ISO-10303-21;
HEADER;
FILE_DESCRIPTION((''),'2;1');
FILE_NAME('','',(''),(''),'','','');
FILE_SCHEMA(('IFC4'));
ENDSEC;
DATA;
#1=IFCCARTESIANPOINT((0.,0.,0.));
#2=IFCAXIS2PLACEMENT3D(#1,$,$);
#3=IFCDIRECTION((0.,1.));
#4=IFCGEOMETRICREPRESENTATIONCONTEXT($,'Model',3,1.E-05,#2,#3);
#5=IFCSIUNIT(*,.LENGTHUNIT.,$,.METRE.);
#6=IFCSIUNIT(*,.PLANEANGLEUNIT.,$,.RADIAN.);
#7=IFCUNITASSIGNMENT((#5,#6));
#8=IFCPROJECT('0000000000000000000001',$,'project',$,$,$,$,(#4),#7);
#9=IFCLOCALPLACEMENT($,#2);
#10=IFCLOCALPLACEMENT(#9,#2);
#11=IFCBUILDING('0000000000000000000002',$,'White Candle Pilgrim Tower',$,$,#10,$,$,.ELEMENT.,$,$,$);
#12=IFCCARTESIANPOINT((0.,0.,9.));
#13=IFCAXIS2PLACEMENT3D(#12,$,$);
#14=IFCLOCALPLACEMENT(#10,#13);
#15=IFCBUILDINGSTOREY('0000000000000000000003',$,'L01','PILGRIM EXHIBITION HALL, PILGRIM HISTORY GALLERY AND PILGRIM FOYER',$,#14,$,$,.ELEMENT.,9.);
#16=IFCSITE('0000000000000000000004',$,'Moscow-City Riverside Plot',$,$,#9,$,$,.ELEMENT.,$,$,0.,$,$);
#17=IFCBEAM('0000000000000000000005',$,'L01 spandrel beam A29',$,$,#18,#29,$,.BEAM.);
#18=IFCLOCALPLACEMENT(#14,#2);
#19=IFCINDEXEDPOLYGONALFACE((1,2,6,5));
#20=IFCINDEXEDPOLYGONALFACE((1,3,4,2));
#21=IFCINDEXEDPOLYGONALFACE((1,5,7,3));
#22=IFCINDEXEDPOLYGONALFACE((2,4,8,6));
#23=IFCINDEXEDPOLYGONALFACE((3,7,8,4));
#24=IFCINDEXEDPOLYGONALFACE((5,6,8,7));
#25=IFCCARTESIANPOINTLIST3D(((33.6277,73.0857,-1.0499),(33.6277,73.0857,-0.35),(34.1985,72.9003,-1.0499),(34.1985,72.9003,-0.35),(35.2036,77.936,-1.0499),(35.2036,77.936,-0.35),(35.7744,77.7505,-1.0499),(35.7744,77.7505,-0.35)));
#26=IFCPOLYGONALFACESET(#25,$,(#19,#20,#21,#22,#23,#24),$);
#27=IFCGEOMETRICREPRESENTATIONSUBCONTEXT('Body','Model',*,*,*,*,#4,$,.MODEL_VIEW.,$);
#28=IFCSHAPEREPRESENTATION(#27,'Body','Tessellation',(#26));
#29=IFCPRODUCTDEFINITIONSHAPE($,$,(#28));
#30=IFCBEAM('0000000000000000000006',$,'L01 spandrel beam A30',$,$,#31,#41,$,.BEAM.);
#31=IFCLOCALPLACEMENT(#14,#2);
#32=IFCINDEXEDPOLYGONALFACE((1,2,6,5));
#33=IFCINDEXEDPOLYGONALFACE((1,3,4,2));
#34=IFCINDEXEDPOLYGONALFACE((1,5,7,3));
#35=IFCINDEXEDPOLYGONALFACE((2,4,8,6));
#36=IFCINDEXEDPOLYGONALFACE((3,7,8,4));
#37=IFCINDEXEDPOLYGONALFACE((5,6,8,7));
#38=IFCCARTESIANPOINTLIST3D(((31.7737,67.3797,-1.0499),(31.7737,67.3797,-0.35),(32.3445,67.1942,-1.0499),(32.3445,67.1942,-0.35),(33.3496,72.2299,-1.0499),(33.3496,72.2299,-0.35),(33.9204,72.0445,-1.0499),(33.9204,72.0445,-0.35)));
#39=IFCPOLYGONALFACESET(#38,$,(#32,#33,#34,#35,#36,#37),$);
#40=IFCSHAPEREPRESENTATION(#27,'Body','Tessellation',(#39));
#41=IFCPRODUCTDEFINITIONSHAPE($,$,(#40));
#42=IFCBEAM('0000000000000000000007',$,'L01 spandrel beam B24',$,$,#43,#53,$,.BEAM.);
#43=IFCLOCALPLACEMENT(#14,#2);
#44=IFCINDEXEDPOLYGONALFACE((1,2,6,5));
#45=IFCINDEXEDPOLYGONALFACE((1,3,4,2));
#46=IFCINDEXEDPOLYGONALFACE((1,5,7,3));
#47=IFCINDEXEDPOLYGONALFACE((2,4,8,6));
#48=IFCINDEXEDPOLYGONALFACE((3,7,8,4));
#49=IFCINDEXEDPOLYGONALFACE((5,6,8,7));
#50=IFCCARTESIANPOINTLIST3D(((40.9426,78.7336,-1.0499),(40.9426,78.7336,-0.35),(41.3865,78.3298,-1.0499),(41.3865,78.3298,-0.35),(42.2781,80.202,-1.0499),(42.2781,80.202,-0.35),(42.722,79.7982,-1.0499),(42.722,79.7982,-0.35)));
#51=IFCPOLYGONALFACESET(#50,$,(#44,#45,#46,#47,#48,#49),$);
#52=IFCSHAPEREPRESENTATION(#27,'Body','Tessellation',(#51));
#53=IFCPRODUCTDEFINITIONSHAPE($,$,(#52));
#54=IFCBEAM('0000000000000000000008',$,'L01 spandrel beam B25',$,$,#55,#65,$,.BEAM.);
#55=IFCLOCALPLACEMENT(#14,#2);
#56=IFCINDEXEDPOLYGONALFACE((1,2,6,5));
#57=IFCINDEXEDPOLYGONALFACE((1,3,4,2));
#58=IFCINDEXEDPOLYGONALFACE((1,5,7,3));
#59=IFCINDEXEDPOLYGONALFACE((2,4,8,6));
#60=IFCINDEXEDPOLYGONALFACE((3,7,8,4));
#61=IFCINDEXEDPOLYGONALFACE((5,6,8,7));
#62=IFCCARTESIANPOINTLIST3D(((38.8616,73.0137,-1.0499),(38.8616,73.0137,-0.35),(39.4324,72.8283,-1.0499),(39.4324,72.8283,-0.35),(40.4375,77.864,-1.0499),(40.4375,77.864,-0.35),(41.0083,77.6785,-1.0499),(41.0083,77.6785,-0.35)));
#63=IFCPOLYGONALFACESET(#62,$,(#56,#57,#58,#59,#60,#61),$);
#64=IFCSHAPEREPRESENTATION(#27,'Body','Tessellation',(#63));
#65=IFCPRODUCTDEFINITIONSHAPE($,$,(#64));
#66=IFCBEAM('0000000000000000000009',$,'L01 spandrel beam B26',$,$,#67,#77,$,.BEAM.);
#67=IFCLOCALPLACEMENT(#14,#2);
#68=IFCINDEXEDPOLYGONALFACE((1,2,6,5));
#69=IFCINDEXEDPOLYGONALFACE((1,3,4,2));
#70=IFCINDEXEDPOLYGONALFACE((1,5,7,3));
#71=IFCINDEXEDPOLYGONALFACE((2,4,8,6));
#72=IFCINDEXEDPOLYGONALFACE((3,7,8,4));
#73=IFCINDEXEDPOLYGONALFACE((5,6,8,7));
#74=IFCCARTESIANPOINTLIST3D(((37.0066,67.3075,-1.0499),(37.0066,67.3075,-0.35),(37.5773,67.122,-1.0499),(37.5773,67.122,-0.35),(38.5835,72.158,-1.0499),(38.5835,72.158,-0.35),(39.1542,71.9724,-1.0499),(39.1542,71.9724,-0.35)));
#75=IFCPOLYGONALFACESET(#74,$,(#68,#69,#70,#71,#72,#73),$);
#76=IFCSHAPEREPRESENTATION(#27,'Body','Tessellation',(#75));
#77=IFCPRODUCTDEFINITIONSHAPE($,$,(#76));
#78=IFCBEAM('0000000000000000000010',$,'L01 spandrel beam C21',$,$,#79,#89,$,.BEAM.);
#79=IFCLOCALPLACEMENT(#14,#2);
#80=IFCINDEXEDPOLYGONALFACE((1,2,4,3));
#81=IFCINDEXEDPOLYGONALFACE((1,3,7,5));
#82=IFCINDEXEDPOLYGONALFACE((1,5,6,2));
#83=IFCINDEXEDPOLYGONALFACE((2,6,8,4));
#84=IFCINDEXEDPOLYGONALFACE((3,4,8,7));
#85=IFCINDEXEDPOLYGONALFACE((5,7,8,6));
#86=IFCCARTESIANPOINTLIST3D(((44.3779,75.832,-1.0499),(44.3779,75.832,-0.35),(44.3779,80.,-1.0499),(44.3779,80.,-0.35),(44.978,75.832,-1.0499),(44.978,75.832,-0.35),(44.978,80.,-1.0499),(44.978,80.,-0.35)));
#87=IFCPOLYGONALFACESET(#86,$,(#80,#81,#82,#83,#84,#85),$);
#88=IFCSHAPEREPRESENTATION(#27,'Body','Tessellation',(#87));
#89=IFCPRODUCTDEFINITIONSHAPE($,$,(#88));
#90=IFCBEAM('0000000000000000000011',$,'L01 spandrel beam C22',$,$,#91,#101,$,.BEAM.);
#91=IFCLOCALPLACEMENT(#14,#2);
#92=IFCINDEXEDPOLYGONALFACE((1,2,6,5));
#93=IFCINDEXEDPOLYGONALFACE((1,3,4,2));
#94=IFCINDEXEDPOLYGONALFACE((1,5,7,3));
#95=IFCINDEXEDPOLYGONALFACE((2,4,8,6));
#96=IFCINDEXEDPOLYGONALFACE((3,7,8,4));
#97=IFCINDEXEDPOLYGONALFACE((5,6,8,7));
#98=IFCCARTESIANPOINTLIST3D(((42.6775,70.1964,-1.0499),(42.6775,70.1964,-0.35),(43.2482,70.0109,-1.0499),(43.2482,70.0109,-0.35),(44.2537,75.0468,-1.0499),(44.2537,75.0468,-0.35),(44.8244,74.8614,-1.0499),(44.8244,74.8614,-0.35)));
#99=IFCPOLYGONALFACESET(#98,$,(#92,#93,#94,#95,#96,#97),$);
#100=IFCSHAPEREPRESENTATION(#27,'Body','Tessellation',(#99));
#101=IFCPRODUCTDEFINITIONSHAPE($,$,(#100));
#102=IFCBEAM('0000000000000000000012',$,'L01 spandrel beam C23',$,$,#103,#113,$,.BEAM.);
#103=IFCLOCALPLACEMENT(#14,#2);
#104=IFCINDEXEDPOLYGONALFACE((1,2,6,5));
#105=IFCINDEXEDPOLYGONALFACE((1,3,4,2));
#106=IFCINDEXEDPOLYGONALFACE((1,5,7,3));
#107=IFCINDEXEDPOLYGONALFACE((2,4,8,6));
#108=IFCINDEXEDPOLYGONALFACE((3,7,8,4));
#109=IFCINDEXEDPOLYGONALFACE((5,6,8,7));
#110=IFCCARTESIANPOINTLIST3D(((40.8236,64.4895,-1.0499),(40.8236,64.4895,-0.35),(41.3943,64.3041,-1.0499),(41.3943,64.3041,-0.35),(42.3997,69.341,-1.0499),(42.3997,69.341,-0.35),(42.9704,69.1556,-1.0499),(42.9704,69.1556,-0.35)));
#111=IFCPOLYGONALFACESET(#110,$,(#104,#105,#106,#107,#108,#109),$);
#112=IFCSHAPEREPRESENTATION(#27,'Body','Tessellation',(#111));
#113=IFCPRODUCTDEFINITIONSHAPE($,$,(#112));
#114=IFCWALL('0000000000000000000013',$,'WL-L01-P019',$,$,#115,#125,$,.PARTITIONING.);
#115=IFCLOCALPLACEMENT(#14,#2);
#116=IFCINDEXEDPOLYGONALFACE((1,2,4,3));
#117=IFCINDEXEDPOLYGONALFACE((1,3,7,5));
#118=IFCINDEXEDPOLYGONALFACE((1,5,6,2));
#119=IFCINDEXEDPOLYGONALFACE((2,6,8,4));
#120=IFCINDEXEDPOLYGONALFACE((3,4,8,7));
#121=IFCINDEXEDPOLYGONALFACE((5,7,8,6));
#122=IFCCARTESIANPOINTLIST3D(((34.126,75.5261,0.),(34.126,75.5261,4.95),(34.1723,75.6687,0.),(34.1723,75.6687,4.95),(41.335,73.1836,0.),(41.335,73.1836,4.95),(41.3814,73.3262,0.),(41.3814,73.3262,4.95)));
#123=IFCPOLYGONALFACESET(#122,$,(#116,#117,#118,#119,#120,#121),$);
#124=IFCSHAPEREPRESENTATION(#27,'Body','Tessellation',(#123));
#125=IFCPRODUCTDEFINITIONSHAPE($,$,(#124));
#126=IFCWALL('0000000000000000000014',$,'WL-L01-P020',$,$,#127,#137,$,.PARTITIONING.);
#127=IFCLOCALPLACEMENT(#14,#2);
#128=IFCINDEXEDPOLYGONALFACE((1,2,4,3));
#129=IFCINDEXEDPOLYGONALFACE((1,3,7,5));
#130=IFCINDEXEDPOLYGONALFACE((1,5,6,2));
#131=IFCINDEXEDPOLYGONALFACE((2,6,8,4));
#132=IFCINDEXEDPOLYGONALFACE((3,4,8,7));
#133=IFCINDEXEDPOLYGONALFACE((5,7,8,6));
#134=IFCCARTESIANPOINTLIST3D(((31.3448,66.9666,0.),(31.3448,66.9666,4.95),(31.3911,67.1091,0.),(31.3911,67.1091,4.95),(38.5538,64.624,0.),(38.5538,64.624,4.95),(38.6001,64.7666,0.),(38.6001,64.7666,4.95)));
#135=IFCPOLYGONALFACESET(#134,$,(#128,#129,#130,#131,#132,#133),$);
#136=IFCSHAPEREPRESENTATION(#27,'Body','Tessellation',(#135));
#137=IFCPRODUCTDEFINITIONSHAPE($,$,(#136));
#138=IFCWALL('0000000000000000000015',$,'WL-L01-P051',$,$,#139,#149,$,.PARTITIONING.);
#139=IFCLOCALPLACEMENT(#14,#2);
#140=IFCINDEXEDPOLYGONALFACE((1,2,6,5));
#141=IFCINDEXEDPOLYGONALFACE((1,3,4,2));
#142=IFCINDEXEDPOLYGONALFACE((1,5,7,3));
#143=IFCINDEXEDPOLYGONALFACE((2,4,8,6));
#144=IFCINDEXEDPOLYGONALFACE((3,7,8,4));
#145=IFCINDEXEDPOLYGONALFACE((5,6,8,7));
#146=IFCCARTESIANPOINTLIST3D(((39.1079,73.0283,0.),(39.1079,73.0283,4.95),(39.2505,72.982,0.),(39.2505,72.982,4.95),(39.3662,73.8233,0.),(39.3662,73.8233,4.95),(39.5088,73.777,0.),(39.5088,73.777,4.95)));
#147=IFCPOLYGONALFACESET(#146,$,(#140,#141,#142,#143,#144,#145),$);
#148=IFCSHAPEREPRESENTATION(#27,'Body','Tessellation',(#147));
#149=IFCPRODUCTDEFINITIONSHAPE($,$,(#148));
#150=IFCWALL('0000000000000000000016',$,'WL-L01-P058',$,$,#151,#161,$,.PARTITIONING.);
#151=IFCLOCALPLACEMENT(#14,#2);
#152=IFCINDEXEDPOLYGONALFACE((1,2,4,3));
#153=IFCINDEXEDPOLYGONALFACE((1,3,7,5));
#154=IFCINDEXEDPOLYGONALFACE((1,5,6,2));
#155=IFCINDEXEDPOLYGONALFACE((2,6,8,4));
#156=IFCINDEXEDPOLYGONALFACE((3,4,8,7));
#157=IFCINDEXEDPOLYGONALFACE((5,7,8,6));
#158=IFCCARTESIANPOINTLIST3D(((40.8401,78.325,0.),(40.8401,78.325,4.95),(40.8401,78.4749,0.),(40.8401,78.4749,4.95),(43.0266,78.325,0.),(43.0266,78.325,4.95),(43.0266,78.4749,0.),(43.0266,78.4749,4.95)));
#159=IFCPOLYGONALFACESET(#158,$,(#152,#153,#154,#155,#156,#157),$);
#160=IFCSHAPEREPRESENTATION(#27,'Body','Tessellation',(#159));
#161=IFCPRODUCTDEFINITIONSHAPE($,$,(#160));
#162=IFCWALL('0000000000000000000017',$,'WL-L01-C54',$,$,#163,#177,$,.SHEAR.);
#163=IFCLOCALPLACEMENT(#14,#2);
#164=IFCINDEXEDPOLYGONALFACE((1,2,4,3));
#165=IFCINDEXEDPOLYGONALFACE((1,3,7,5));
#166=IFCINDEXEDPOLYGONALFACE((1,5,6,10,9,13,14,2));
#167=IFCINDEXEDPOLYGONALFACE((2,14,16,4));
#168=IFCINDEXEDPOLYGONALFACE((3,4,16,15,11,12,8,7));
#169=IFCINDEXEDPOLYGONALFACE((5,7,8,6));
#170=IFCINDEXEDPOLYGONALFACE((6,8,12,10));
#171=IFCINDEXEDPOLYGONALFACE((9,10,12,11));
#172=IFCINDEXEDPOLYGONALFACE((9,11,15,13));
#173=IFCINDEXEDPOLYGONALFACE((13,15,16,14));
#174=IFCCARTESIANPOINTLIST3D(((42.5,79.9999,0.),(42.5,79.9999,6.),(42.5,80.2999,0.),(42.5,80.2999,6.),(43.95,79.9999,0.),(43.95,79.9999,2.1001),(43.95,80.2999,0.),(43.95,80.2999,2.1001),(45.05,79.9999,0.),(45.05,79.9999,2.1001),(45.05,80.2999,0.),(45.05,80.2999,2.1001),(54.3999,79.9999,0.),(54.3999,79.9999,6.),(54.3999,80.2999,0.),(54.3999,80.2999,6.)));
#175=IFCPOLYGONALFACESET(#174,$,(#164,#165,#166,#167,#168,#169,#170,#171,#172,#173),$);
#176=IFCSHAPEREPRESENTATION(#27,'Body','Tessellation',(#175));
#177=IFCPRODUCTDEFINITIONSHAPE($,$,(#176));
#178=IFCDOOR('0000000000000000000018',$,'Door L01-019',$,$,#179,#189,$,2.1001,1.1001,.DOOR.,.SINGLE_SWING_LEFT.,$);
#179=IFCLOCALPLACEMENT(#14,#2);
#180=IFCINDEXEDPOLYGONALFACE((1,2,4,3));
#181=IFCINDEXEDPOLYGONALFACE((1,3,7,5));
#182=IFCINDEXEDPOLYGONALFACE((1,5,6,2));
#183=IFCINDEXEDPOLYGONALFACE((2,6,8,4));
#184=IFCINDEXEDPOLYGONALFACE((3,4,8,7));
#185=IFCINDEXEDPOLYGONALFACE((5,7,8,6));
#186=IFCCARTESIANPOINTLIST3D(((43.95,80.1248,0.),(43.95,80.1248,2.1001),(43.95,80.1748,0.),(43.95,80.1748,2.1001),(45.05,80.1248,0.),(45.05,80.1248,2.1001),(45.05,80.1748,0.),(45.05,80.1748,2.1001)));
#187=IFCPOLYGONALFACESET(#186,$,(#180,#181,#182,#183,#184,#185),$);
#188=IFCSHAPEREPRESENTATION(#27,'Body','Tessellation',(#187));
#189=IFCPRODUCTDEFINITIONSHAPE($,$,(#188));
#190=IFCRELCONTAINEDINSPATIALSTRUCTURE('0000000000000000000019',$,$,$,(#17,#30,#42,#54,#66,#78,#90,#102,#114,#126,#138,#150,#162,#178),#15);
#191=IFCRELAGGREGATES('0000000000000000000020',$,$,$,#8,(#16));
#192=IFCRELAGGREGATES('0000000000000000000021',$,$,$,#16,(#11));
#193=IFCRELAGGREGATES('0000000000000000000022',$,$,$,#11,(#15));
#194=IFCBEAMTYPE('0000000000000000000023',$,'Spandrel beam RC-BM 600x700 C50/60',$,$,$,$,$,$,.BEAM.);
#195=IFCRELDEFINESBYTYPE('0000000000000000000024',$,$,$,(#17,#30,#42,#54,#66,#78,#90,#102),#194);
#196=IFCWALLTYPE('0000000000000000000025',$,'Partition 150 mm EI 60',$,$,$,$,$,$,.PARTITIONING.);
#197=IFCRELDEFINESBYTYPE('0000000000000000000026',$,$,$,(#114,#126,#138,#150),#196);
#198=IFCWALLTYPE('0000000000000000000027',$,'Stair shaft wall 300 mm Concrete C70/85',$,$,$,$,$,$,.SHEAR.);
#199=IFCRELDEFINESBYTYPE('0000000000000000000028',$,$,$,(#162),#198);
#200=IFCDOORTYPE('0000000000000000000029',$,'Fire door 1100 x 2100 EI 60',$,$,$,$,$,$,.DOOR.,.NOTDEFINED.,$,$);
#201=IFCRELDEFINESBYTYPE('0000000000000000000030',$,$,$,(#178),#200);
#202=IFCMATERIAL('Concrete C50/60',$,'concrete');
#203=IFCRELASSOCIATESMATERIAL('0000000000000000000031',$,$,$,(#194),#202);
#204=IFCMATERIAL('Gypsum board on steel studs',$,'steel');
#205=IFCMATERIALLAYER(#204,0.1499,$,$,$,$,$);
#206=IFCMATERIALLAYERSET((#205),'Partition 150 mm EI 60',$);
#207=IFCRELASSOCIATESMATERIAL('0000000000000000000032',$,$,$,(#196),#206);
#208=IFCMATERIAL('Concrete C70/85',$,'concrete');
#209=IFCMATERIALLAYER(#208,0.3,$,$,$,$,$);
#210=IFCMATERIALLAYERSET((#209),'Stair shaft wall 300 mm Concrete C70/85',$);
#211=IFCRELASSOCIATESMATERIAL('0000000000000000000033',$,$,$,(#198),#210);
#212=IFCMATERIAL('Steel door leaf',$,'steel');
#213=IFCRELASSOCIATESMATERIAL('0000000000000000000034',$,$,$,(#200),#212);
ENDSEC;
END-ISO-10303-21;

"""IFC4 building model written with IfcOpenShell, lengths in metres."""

from ifc_helpers import new_model, si_unit, direction, frame, frame_2d, origin, origin_2d, place, context, subcontext, project, spatial, rectangle, extrude, material, layer, layer_set, material_profile, profile_set, type_object, element, fill, save


model = new_model("IFC4")

# Units and contexts
model_context = context("Model", 3, precision=1e-05, world=origin(), true_north=direction((0.0, 1.0)))
body_context = subcontext(model_context, "Body", "Model", "MODEL_VIEW")
ifc_project = project(units=[si_unit("LENGTHUNIT", "METRE"), si_unit("PLANEANGLEUNIT", "RADIAN")], contexts=[model_context])

# Site, building, storey
site_placement = place(None, origin())
site = spatial("IfcSite", under=ifc_project, at=site_placement, Name="Moscow-City Riverside Plot", CompositionType="ELEMENT", RefElevation=0.0)
building_placement = place(site_placement, origin())
building = spatial("IfcBuilding", under=site, at=building_placement, Name="White Candle Pilgrim Tower", CompositionType="ELEMENT")
storey_placement = place(building_placement, frame((0.0, 0.0, 9.0)))
storey = spatial("IfcBuildingStorey", under=building, at=storey_placement, Name="L01", Description="PILGRIM EXHIBITION HALL, PILGRIM HISTORY GALLERY AND PILGRIM FOYER", CompositionType="ELEMENT", Elevation=9.0)

# Beams
ifc_material_1 = material(Name="Concrete C50/60", Category="concrete")
ifc_material_profile_1 = material_profile(ifc_material_1, rectangle(XDim=0.6001, YDim=0.7, at=origin_2d()), Name="RC-BM 600x700")
ifc_profile_set_1 = profile_set([ifc_material_profile_1], Name="Concrete C50/60")
beam_type = type_object("IfcBeamType", Name="Spandrel beam RC-BM 600x700 C50/60", PredefinedType="BEAM", material=ifc_profile_set_1)
for number, where, z_axis, x_axis, name in (
    (1, (35.489, 77.8433, -0.7), (-0.309009, -0.951059, 0.0), (0.951059, -0.309009, 0.0), "L01 spandrel beam A29"),
    (2, (33.635, 72.1372, -0.7), (-0.309009, -0.951059, 0.0), (0.951059, -0.309009, 0.0), "L01 spandrel beam A30"),
):
    element("IfcBeam", number, at=place(storey_placement, frame(where, z_axis=z_axis, x_axis=x_axis)), inside=storey, type_object=beam_type, Name=name, PredefinedType="BEAM", context=body_context, shape_type="SweptSolid", body=[
        extrude(rectangle(XDim=0.6001, YDim=0.7, at=origin_2d()), origin(), (0.0, 0.0, 1.0), 5.0999),
    ])
beam_1_placement = place(storey_placement, frame((41.1646, 78.5317, -0.7), z_axis=(0.672856, 0.739773, 0.0), x_axis=(-0.739773, 0.672856, 0.0)))
element("IfcBeam", 3, at=beam_1_placement, inside=storey, type_object=beam_type, Name="L01 spandrel beam B24", PredefinedType="BEAM", context=body_context, shape_type="SweptSolid", body=[
    extrude(rectangle(XDim=0.6001, YDim=0.7, at=origin_2d()), origin(), (0.0, 0.0, 1.0), 1.9849),
])
beam_2_placement = place(storey_placement, frame((40.7229, 77.7712, -0.7), z_axis=(-0.309009, -0.951059, 0.0), x_axis=(0.951059, -0.309009, 0.0)))
element("IfcBeam", 4, at=beam_2_placement, inside=storey, type_object=beam_type, Name="L01 spandrel beam B25", PredefinedType="BEAM", context=body_context, shape_type="SweptSolid", body=[
    extrude(rectangle(XDim=0.6001, YDim=0.7, at=origin_2d()), origin(), (0.0, 0.0, 1.0), 5.0999),
])
beam_3_placement = place(storey_placement, frame((38.8689, 72.0652, -0.7), z_axis=(-0.309182, -0.951003, 0.0), x_axis=(0.951003, -0.309182, 0.0)))
element("IfcBeam", 5, at=beam_3_placement, inside=storey, type_object=beam_type, Name="L01 spandrel beam B26", PredefinedType="BEAM", context=body_context, shape_type="SweptSolid", body=[
    extrude(rectangle(XDim=0.6001, YDim=0.7, at=origin_2d()), origin(), (0.0, 0.0, 1.0), 5.1003),
])
beam_4_placement = place(storey_placement, frame((44.678, 75.832, -0.7), z_axis=(0.0, 1.0, 0.0), x_axis=(-1.0, 0.0, 0.0)))
element("IfcBeam", 6, at=beam_4_placement, inside=storey, type_object=beam_type, Name="L01 spandrel beam C21", PredefinedType="BEAM", context=body_context, shape_type="SweptSolid", body=[
    extrude(rectangle(XDim=0.6001, YDim=0.7, at=origin_2d()), origin(), (0.0, 0.0, 1.0), 4.168),
])
beam_5_placement = place(storey_placement, frame((44.5391, 74.9541, -0.7), z_axis=(-0.309053, -0.951045, 0.0), x_axis=(0.951045, -0.309053, 0.0)))
element("IfcBeam", 7, at=beam_5_placement, inside=storey, type_object=beam_type, Name="L01 spandrel beam C22", PredefinedType="BEAM", context=body_context, shape_type="SweptSolid", body=[
    extrude(rectangle(XDim=0.6001, YDim=0.7, at=origin_2d()), origin(), (0.0, 0.0, 1.0), 5.1001),
])
beam_6_placement = place(storey_placement, frame((42.6851, 69.2483, -0.7), z_axis=(-0.308982, -0.951068, 0.0), x_axis=(0.951068, -0.308982, 0.0)))
element("IfcBeam", 8, at=beam_6_placement, inside=storey, type_object=beam_type, Name="L01 spandrel beam C23", PredefinedType="BEAM", context=body_context, shape_type="SweptSolid", body=[
    extrude(rectangle(XDim=0.6001, YDim=0.7, at=origin_2d()), origin(), (0.0, 0.0, 1.0), 5.1011),
])

# Walls
ifc_material_2 = material(Name="Gypsum board on steel studs", Category="steel")
ifc_layer_1 = layer(ifc_material_2, 0.1499)
ifc_layer_set_1 = layer_set([ifc_layer_1], Name="Partition 150 mm EI 60")
wall_type_1 = type_object("IfcWallType", Name="Partition 150 mm EI 60", PredefinedType="PARTITIONING", material=ifc_layer_set_1)
for number, where, z_axis, x_axis, name in (
    (9, (34.1492, 75.5974, 0.0), (0.0, 0.0, 1.0), (0.951049, -0.309039, 0.0), "WL-L01-P019"),
    (10, (31.3679, 67.0378, 0.0), (0.0, 0.0, 1.0), (0.951049, -0.309039, 0.0), "WL-L01-P020"),
):
    element("IfcWall", number, at=place(storey_placement, frame(where, z_axis=z_axis, x_axis=x_axis)), inside=storey, type_object=wall_type_1, Name=name, PredefinedType="PARTITIONING", context=body_context, shape_type="SweptSolid", body=[
        extrude(rectangle(XDim=7.5801, YDim=0.1499, at=frame_2d((3.79, 0.0))), origin(), (0.0, 0.0, 1.0), 4.95),
    ])
wall_1_placement = place(storey_placement, frame((39.1792, 73.0051, 0.0), z_axis=(0.0, 0.0, 1.0), x_axis=(0.309033, 0.951051, 0.0)))
element("IfcWall", 11, at=wall_1_placement, inside=storey, type_object=wall_type_1, Name="WL-L01-P051", PredefinedType="PARTITIONING", context=body_context, shape_type="SweptSolid", body=[
    extrude(rectangle(XDim=0.8359, YDim=0.1499, at=frame_2d((0.418, 0.0))), origin(), (0.0, 0.0, 1.0), 4.95),
])
wall_2_placement = place(storey_placement, frame((40.8401, 78.3999, 0.0), z_axis=(0.0, 0.0, 1.0), x_axis=(1.0, 0.0, 0.0)))
element("IfcWall", 12, at=wall_2_placement, inside=storey, type_object=wall_type_1, Name="WL-L01-P058", PredefinedType="PARTITIONING", context=body_context, shape_type="SweptSolid", body=[
    extrude(rectangle(XDim=2.1865, YDim=0.1499, at=frame_2d((1.0933, 0.0))), origin(), (0.0, 0.0, 1.0), 4.95),
])

# Wall, opening, door
ifc_material_3 = material(Name="Concrete C70/85", Category="concrete")
ifc_layer_2 = layer(ifc_material_3, 0.3)
ifc_layer_set_2 = layer_set([ifc_layer_2], Name="Stair shaft wall 300 mm Concrete C70/85")
wall_type_2 = type_object("IfcWallType", Name="Stair shaft wall 300 mm Concrete C70/85", PredefinedType="SHEAR", material=ifc_layer_set_2)
wall_3_placement = place(storey_placement, frame((42.5, 80.1499, 0.0), z_axis=(0.0, 0.0, 1.0), x_axis=(1.0, 0.0, 0.0)))
wall_3 = element("IfcWall", 13, at=wall_3_placement, inside=storey, type_object=wall_type_2, Name="WL-L01-C54", PredefinedType="SHEAR", context=body_context, shape_type="SweptSolid", body=[
    extrude(rectangle(XDim=11.8999, YDim=0.3, at=frame_2d((5.95, 0.0))), origin(), (0.0, 0.0, 1.0), 6.0),
])
opening_placement = place(wall_3_placement, frame((1.45, 0.0, 0.0)))
opening = element("IfcOpeningElement", 14, at=opening_placement, cuts=wall_3, PredefinedType="OPENING", context=body_context, shape_type="SweptSolid", body=[
    extrude(rectangle(XDim=1.1001, YDim=2.1001, at=frame_2d((0.55, 1.05))), frame((0.0, 0.1599, 0.0), z_axis=(0.0, -1.0, 0.0), x_axis=(1.0, 0.0, 0.0)), (0.0, 0.0, 1.0), 0.3201),
])
ifc_material_4 = material(Name="Steel door leaf", Category="steel")
door_type = type_object("IfcDoorType", Name="Fire door 1100 x 2100 EI 60", OperationType="NOTDEFINED", PredefinedType="DOOR", material=ifc_material_4)
door_placement = place(opening_placement, origin())
door = element("IfcDoor", 15, at=door_placement, inside=storey, type_object=door_type, Name="Door L01-019", OperationType="SINGLE_SWING_LEFT", OverallHeight=2.1001, OverallWidth=1.1001, PredefinedType="DOOR", context=body_context, shape_type="SweptSolid", body=[
    extrude(rectangle(XDim=1.1001, YDim=2.1001, at=frame_2d((0.55, 1.05))), frame((0.0, 0.0249, 0.0), z_axis=(0.0, -1.0, 0.0), x_axis=(1.0, 0.0, 0.0)), (0.0, 0.0, 1.0), 0.05),
])
fill(opening, door)

save(model, "model.ifc")
